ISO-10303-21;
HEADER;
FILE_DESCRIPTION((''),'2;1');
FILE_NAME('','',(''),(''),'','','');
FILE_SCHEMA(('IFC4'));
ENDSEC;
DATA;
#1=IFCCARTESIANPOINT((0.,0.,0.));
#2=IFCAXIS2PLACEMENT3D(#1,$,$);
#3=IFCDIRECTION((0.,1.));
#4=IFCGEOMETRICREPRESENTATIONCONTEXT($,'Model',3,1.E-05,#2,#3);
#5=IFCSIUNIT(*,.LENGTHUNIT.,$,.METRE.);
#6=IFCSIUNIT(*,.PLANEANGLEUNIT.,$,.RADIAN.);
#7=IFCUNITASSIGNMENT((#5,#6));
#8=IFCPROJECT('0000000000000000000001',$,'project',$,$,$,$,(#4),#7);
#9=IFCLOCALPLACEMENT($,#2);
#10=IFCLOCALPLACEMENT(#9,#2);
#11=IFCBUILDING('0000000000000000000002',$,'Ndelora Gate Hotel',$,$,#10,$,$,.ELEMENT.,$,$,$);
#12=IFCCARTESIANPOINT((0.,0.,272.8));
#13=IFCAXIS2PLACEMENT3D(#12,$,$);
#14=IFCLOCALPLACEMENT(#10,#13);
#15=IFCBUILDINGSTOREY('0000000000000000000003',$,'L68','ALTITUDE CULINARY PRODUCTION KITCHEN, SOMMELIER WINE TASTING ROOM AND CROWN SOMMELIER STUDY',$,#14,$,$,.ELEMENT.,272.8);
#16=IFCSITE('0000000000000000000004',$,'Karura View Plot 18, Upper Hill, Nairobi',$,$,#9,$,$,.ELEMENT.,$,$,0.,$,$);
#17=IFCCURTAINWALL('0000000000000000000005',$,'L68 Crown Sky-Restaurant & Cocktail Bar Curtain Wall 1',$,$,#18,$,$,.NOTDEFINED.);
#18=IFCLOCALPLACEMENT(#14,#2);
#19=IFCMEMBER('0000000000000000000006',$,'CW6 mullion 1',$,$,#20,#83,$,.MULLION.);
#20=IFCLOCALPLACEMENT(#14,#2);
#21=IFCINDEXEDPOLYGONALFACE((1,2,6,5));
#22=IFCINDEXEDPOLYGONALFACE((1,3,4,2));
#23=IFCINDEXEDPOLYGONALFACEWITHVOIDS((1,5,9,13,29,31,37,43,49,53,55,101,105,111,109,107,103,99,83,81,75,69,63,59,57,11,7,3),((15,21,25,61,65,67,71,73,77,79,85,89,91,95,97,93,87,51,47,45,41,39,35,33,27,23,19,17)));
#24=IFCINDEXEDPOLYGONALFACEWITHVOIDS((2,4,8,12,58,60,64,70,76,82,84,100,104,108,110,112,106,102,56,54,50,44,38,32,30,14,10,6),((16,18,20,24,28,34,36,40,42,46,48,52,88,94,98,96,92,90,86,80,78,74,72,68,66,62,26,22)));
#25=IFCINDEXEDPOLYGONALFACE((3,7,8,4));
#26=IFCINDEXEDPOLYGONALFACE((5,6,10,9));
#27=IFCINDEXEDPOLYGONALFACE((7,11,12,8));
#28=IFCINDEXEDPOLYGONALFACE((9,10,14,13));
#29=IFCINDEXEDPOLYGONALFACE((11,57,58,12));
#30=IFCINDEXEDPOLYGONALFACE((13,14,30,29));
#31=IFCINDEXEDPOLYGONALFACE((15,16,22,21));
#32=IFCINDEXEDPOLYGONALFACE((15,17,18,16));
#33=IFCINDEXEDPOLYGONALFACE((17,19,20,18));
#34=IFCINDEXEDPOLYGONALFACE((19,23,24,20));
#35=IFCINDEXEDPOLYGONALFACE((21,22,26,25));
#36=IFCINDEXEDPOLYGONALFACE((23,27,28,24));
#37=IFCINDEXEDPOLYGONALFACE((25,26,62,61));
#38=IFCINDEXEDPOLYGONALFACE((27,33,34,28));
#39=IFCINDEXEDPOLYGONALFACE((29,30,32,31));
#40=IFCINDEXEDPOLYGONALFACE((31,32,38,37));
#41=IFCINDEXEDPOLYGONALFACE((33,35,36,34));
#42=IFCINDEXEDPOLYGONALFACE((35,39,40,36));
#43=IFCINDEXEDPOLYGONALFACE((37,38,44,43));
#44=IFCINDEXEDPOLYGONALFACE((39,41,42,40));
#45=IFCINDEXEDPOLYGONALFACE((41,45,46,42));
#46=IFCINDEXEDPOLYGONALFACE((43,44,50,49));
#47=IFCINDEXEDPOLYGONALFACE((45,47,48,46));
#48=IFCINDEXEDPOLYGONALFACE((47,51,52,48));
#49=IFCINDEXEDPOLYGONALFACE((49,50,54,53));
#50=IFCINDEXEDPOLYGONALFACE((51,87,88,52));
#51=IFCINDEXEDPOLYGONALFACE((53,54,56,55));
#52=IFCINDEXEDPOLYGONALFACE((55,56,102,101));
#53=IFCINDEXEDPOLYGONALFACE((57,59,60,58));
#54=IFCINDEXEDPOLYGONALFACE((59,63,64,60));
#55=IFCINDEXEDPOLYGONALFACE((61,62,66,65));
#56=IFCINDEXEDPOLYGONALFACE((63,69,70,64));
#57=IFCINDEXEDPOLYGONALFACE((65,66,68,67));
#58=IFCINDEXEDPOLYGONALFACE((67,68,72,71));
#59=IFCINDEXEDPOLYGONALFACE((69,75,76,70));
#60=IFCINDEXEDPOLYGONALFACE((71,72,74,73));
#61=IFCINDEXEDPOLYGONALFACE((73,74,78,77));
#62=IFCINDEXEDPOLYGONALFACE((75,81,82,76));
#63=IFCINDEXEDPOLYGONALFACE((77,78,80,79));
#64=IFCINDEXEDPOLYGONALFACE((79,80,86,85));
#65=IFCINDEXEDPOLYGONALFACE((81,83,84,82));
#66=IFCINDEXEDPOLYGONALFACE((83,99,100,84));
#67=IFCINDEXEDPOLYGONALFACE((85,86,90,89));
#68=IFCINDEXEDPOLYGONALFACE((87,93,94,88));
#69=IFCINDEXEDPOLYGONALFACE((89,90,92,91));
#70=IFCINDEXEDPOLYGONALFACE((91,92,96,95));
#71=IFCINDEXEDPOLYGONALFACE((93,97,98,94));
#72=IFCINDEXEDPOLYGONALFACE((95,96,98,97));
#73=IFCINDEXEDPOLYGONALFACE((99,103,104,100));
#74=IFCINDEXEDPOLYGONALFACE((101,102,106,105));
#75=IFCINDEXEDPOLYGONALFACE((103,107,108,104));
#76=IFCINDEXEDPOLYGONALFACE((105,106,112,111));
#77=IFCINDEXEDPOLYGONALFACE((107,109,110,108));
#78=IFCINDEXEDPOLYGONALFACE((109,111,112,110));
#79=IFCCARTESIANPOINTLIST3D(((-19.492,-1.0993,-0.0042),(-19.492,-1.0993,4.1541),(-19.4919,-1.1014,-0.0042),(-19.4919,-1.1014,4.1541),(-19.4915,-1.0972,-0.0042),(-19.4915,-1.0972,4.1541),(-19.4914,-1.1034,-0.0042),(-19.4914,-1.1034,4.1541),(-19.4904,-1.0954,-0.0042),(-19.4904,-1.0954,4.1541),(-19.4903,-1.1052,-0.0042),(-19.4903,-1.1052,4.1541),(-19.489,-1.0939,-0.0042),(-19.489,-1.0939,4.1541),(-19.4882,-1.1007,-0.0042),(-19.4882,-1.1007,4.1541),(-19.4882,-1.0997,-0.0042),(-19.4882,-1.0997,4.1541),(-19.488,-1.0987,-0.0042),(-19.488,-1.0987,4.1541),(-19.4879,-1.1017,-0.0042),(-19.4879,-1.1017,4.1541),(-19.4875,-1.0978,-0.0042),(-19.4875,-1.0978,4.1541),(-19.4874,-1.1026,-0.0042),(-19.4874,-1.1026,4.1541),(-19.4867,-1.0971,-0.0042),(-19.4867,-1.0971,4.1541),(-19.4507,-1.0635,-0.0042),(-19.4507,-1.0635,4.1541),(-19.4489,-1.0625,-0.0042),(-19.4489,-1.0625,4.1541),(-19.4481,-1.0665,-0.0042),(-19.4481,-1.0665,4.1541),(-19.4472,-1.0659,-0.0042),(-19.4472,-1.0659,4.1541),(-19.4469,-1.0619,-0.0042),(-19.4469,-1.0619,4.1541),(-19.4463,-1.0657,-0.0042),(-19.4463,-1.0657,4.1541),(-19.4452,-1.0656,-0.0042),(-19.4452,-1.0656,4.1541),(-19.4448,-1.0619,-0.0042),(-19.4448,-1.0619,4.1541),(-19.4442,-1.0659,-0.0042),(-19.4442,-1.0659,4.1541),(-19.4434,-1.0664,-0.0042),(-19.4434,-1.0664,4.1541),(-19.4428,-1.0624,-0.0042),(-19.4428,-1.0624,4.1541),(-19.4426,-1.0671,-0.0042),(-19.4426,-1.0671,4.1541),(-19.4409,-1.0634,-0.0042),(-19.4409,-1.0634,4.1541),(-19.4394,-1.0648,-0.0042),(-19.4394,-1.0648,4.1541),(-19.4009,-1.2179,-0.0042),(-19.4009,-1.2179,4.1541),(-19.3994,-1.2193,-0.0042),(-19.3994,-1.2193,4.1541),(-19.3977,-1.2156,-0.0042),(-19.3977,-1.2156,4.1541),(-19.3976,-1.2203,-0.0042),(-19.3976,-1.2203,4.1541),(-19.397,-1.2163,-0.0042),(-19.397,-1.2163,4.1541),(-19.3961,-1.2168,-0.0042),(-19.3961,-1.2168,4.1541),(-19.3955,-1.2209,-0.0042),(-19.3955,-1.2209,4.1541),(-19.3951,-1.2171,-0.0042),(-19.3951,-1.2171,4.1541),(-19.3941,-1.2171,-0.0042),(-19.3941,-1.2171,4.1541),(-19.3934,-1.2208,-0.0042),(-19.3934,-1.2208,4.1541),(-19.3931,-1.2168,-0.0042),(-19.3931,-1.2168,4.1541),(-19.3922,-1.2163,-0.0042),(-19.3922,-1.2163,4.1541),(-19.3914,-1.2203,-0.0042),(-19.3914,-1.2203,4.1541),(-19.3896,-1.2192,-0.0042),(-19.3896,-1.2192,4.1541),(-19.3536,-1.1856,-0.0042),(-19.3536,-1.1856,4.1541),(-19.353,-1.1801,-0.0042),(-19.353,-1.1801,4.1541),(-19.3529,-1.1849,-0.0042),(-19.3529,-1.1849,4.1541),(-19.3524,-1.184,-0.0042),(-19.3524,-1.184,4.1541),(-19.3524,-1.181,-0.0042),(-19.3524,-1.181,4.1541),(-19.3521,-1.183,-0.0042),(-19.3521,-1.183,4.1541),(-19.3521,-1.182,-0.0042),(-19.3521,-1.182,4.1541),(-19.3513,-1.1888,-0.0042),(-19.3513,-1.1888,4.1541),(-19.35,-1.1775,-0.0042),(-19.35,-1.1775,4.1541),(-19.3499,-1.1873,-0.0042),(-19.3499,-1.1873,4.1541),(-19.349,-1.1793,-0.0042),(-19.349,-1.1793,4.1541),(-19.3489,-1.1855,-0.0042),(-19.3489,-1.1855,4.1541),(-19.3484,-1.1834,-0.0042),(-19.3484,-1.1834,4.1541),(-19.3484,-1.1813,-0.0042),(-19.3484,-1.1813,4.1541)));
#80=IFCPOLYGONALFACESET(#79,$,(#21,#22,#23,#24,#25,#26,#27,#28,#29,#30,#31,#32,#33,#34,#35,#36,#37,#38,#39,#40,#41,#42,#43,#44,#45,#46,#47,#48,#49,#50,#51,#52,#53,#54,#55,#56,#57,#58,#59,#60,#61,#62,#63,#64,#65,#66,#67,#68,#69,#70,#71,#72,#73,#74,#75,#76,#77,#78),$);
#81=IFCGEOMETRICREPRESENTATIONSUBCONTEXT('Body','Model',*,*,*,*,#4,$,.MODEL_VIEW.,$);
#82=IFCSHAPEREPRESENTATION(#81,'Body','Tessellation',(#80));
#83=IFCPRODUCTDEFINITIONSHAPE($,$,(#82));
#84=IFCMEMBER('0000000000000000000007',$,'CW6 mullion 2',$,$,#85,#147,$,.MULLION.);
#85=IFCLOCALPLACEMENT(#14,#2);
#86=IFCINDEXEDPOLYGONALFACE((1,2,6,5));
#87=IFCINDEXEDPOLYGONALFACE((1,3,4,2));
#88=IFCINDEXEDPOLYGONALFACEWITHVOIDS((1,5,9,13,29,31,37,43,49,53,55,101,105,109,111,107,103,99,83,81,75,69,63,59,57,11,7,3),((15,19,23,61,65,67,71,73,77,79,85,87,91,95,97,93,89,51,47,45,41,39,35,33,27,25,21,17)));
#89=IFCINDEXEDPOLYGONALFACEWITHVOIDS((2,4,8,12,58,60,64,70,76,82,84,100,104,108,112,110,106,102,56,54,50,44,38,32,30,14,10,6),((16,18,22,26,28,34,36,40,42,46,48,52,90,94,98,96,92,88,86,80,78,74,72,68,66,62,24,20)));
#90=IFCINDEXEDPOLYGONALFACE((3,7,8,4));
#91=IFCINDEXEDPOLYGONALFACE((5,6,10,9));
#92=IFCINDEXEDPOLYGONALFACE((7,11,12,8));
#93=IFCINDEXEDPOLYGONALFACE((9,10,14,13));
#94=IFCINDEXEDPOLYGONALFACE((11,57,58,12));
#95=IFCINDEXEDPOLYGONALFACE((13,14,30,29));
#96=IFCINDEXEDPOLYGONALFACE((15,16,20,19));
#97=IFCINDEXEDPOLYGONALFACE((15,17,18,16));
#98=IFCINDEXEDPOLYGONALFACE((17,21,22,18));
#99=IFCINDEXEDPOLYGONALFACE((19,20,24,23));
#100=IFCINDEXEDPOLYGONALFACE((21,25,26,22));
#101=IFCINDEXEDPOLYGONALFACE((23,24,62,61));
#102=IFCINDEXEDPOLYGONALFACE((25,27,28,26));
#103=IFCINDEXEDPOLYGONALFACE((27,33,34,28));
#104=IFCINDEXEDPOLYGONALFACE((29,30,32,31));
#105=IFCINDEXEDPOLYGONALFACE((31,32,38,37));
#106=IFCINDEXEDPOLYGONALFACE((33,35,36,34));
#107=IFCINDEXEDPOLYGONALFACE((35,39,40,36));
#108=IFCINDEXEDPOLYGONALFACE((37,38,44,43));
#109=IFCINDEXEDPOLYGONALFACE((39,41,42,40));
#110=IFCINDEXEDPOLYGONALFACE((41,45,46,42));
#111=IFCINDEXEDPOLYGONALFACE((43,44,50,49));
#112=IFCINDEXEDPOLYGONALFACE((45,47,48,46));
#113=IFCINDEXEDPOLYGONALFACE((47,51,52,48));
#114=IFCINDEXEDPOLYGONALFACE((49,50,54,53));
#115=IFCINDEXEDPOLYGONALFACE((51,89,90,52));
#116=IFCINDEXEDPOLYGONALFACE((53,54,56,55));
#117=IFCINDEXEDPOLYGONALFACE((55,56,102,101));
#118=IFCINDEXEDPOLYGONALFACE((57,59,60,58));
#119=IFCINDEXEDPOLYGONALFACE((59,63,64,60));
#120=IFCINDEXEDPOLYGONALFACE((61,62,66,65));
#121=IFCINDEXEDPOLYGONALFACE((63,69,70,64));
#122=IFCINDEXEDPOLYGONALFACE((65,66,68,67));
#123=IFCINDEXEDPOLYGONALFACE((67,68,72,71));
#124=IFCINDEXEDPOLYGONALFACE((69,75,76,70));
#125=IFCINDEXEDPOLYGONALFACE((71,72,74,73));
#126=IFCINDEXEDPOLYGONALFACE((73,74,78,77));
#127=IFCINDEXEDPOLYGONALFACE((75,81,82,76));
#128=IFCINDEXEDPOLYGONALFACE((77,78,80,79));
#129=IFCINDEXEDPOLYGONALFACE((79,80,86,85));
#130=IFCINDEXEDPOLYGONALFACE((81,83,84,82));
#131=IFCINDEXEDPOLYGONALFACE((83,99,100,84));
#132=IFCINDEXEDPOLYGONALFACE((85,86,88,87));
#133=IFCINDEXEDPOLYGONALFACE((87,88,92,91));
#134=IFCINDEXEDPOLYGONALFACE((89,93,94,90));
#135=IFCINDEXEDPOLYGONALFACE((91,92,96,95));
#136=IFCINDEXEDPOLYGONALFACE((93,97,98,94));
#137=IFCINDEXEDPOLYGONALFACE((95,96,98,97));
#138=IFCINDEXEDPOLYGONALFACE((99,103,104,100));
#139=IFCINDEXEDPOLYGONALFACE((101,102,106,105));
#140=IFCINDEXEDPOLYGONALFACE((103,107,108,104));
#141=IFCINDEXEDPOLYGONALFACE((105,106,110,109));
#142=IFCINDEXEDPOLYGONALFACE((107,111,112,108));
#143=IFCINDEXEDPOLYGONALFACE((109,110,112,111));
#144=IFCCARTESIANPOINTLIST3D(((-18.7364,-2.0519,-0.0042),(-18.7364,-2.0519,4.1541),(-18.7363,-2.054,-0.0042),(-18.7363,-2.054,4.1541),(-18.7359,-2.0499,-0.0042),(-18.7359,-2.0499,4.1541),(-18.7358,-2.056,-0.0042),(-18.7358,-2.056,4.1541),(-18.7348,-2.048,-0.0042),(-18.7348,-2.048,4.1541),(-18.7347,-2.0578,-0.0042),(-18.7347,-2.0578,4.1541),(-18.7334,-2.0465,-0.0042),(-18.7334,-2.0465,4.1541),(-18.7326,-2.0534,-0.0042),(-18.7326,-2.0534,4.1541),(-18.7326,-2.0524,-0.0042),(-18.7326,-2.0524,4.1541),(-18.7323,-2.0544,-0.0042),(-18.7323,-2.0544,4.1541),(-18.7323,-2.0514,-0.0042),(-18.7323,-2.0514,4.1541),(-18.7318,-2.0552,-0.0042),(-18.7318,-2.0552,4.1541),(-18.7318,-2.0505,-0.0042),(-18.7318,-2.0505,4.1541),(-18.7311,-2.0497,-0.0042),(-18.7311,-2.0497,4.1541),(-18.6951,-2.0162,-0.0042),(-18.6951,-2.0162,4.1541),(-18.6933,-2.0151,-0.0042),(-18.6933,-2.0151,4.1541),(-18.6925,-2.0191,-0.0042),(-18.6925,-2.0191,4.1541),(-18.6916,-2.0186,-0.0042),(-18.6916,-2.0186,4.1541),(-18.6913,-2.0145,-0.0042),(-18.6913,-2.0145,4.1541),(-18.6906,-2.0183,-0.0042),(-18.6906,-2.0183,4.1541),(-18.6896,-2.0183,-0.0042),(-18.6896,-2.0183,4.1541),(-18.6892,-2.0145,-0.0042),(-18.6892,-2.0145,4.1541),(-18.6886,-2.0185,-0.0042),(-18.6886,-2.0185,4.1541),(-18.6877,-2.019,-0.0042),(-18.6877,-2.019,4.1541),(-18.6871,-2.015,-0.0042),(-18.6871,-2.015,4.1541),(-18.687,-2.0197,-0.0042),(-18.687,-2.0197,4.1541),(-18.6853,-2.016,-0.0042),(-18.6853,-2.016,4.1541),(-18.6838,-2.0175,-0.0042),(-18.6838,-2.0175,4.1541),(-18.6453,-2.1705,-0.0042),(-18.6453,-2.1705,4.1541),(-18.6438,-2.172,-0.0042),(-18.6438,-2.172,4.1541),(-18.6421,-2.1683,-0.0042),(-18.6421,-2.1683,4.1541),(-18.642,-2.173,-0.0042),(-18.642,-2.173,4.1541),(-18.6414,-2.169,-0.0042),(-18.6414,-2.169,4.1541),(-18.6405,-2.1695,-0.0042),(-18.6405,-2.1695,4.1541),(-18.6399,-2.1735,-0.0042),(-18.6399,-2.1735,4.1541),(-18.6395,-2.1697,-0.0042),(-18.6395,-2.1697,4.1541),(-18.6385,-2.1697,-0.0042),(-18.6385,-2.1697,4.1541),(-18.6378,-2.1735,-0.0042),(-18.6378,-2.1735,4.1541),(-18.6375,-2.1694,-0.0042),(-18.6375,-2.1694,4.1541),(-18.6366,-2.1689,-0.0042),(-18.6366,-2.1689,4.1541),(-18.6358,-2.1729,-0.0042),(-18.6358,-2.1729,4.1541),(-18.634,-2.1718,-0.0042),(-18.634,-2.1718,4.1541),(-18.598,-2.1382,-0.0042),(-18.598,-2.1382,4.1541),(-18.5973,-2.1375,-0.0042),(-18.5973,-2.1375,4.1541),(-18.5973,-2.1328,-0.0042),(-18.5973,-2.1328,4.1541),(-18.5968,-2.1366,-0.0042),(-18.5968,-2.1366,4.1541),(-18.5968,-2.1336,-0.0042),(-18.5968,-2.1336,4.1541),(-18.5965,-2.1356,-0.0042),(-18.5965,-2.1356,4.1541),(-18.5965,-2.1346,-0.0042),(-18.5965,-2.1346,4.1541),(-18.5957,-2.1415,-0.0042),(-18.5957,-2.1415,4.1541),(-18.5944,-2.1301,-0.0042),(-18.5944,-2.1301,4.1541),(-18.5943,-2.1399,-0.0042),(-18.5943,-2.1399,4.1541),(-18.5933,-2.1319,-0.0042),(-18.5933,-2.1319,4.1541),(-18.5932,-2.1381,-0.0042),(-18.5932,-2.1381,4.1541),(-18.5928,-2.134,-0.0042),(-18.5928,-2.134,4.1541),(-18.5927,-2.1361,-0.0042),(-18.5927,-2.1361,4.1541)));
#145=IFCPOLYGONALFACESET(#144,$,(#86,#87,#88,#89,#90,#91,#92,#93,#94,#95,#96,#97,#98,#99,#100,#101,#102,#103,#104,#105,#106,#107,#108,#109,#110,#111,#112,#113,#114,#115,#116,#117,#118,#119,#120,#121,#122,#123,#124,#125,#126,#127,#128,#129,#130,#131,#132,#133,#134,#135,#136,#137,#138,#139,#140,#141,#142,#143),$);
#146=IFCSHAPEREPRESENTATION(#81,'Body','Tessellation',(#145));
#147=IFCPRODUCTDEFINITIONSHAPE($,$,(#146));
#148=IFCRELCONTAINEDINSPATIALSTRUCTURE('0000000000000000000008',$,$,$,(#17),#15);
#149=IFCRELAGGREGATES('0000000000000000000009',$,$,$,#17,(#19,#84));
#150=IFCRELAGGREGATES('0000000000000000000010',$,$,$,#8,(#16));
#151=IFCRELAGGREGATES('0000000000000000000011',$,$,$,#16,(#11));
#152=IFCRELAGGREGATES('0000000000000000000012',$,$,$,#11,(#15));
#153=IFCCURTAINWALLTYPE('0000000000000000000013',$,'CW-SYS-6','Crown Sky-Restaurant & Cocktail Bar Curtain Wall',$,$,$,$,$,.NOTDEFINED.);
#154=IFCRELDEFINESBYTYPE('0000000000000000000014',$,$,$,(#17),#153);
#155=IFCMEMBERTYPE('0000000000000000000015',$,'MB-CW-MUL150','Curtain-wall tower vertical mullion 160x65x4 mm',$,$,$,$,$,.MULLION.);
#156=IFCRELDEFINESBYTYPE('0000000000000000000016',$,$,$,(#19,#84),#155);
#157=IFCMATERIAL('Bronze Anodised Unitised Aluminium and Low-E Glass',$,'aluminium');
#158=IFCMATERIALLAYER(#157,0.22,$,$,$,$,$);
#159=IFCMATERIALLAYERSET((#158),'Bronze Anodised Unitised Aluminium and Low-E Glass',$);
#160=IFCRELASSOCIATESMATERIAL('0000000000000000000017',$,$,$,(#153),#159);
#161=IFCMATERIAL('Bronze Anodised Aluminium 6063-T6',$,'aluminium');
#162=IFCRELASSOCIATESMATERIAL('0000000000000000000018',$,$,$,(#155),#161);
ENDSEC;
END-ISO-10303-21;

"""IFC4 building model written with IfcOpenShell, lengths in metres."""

from ifc_helpers import new_model, si_unit, direction, frame, origin, origin_2d, place, context, subcontext, project, spatial, hollow_rectangle, extrude, material, layer, layer_set, material_profile, profile_set, type_object, element, aggregate, save


model = new_model("IFC4")

# Units and contexts
model_context = context("Model", 3, precision=1e-05, world=origin(), true_north=direction((0.0, 1.0)))
body_context = subcontext(model_context, "Body", "Model", "MODEL_VIEW")
ifc_project = project(units=[si_unit("LENGTHUNIT", "METRE"), si_unit("PLANEANGLEUNIT", "RADIAN")], contexts=[model_context])

# Site, building, storey
site_placement = place(None, origin())
site = spatial("IfcSite", under=ifc_project, at=site_placement, Name="Karura View Plot 18, Upper Hill, Nairobi", CompositionType="ELEMENT", RefElevation=0.0)
building_placement = place(site_placement, origin())
building = spatial("IfcBuilding", under=site, at=building_placement, Name="Ndelora Gate Hotel", CompositionType="ELEMENT")
storey_placement = place(building_placement, frame((0.0, 0.0, 272.8)))
storey = spatial("IfcBuildingStorey", under=building, at=storey_placement, Name="L68", Description="ALTITUDE CULINARY PRODUCTION KITCHEN, SOMMELIER WINE TASTING ROOM AND CROWN SOMMELIER STUDY", CompositionType="ELEMENT", Elevation=272.8)

# Curtain wall, members
ifc_material_1 = material(Name="Bronze Anodised Unitised Aluminium and Low-E Glass", Category="aluminium")
ifc_layer_1 = layer(ifc_material_1, 0.22)
ifc_layer_set_1 = layer_set([ifc_layer_1], Name="Bronze Anodised Unitised Aluminium and Low-E Glass")
curtain_wall_type = type_object("IfcCurtainWallType", Name="CW-SYS-6", Description="Crown Sky-Restaurant & Cocktail Bar Curtain Wall", PredefinedType="NOTDEFINED", material=ifc_layer_set_1)
curtain_wall_placement = place(storey_placement, origin())
curtain_wall = element("IfcCurtainWall", 1, at=curtain_wall_placement, inside=storey, type_object=curtain_wall_type, Name="L68 Crown Sky-Restaurant & Cocktail Bar Curtain Wall 1", PredefinedType="NOTDEFINED")
ifc_material_2 = material(Name="Bronze Anodised Aluminium 6063-T6", Category="aluminium")
ifc_material_profile_1 = material_profile(ifc_material_2, hollow_rectangle(XDim=0.0649, YDim=0.1599, WallThickness=0.0039, InnerFilletRadius=0.0039, OuterFilletRadius=0.0081, at=origin_2d()), Name="ALU 160x65x4")
ifc_profile_set_1 = profile_set([ifc_material_profile_1], Name="Bronze Anodised Aluminium 6063-T6")
member_type_1 = type_object("IfcMemberType", Name="MB-CW-MUL150", Description="Curtain-wall tower vertical mullion 160x65x4 mm", PredefinedType="MULLION", material=ifc_profile_set_1)
member_1_placement = place(storey_placement, frame((-19.4202, -1.1414, -0.0042), z_axis=(0.0, 0.0, 1.0), x_axis=(0.78341, 0.621505, 0.0)))
member_1 = element("IfcMember", 2, at=member_1_placement, type_object=member_type_1, Name="CW6 mullion 1", PredefinedType="MULLION", context=body_context, shape_type="SweptSolid", body=[
    extrude(hollow_rectangle(XDim=0.0649, YDim=0.1599, WallThickness=0.0039, InnerFilletRadius=0.0039, OuterFilletRadius=0.0081, at=origin_2d()), origin(), (0.0, 0.0, 1.0), 4.1582),
])
member_2_placement = place(storey_placement, frame((-18.6646, -2.094, -0.0042), z_axis=(0.0, 0.0, 1.0), x_axis=(0.78341, 0.621505, 0.0)))
member_2 = element("IfcMember", 3, at=member_2_placement, type_object=member_type_1, Name="CW6 mullion 2", PredefinedType="MULLION", context=body_context, shape_type="SweptSolid", body=[
    extrude(hollow_rectangle(XDim=0.0649, YDim=0.1599, WallThickness=0.0039, InnerFilletRadius=0.0039, OuterFilletRadius=0.0081, at=origin_2d()), origin(), (0.0, 0.0, 1.0), 4.1582),
])
aggregate(curtain_wall, [member_1, member_2])

save(model, "model.ifc")
